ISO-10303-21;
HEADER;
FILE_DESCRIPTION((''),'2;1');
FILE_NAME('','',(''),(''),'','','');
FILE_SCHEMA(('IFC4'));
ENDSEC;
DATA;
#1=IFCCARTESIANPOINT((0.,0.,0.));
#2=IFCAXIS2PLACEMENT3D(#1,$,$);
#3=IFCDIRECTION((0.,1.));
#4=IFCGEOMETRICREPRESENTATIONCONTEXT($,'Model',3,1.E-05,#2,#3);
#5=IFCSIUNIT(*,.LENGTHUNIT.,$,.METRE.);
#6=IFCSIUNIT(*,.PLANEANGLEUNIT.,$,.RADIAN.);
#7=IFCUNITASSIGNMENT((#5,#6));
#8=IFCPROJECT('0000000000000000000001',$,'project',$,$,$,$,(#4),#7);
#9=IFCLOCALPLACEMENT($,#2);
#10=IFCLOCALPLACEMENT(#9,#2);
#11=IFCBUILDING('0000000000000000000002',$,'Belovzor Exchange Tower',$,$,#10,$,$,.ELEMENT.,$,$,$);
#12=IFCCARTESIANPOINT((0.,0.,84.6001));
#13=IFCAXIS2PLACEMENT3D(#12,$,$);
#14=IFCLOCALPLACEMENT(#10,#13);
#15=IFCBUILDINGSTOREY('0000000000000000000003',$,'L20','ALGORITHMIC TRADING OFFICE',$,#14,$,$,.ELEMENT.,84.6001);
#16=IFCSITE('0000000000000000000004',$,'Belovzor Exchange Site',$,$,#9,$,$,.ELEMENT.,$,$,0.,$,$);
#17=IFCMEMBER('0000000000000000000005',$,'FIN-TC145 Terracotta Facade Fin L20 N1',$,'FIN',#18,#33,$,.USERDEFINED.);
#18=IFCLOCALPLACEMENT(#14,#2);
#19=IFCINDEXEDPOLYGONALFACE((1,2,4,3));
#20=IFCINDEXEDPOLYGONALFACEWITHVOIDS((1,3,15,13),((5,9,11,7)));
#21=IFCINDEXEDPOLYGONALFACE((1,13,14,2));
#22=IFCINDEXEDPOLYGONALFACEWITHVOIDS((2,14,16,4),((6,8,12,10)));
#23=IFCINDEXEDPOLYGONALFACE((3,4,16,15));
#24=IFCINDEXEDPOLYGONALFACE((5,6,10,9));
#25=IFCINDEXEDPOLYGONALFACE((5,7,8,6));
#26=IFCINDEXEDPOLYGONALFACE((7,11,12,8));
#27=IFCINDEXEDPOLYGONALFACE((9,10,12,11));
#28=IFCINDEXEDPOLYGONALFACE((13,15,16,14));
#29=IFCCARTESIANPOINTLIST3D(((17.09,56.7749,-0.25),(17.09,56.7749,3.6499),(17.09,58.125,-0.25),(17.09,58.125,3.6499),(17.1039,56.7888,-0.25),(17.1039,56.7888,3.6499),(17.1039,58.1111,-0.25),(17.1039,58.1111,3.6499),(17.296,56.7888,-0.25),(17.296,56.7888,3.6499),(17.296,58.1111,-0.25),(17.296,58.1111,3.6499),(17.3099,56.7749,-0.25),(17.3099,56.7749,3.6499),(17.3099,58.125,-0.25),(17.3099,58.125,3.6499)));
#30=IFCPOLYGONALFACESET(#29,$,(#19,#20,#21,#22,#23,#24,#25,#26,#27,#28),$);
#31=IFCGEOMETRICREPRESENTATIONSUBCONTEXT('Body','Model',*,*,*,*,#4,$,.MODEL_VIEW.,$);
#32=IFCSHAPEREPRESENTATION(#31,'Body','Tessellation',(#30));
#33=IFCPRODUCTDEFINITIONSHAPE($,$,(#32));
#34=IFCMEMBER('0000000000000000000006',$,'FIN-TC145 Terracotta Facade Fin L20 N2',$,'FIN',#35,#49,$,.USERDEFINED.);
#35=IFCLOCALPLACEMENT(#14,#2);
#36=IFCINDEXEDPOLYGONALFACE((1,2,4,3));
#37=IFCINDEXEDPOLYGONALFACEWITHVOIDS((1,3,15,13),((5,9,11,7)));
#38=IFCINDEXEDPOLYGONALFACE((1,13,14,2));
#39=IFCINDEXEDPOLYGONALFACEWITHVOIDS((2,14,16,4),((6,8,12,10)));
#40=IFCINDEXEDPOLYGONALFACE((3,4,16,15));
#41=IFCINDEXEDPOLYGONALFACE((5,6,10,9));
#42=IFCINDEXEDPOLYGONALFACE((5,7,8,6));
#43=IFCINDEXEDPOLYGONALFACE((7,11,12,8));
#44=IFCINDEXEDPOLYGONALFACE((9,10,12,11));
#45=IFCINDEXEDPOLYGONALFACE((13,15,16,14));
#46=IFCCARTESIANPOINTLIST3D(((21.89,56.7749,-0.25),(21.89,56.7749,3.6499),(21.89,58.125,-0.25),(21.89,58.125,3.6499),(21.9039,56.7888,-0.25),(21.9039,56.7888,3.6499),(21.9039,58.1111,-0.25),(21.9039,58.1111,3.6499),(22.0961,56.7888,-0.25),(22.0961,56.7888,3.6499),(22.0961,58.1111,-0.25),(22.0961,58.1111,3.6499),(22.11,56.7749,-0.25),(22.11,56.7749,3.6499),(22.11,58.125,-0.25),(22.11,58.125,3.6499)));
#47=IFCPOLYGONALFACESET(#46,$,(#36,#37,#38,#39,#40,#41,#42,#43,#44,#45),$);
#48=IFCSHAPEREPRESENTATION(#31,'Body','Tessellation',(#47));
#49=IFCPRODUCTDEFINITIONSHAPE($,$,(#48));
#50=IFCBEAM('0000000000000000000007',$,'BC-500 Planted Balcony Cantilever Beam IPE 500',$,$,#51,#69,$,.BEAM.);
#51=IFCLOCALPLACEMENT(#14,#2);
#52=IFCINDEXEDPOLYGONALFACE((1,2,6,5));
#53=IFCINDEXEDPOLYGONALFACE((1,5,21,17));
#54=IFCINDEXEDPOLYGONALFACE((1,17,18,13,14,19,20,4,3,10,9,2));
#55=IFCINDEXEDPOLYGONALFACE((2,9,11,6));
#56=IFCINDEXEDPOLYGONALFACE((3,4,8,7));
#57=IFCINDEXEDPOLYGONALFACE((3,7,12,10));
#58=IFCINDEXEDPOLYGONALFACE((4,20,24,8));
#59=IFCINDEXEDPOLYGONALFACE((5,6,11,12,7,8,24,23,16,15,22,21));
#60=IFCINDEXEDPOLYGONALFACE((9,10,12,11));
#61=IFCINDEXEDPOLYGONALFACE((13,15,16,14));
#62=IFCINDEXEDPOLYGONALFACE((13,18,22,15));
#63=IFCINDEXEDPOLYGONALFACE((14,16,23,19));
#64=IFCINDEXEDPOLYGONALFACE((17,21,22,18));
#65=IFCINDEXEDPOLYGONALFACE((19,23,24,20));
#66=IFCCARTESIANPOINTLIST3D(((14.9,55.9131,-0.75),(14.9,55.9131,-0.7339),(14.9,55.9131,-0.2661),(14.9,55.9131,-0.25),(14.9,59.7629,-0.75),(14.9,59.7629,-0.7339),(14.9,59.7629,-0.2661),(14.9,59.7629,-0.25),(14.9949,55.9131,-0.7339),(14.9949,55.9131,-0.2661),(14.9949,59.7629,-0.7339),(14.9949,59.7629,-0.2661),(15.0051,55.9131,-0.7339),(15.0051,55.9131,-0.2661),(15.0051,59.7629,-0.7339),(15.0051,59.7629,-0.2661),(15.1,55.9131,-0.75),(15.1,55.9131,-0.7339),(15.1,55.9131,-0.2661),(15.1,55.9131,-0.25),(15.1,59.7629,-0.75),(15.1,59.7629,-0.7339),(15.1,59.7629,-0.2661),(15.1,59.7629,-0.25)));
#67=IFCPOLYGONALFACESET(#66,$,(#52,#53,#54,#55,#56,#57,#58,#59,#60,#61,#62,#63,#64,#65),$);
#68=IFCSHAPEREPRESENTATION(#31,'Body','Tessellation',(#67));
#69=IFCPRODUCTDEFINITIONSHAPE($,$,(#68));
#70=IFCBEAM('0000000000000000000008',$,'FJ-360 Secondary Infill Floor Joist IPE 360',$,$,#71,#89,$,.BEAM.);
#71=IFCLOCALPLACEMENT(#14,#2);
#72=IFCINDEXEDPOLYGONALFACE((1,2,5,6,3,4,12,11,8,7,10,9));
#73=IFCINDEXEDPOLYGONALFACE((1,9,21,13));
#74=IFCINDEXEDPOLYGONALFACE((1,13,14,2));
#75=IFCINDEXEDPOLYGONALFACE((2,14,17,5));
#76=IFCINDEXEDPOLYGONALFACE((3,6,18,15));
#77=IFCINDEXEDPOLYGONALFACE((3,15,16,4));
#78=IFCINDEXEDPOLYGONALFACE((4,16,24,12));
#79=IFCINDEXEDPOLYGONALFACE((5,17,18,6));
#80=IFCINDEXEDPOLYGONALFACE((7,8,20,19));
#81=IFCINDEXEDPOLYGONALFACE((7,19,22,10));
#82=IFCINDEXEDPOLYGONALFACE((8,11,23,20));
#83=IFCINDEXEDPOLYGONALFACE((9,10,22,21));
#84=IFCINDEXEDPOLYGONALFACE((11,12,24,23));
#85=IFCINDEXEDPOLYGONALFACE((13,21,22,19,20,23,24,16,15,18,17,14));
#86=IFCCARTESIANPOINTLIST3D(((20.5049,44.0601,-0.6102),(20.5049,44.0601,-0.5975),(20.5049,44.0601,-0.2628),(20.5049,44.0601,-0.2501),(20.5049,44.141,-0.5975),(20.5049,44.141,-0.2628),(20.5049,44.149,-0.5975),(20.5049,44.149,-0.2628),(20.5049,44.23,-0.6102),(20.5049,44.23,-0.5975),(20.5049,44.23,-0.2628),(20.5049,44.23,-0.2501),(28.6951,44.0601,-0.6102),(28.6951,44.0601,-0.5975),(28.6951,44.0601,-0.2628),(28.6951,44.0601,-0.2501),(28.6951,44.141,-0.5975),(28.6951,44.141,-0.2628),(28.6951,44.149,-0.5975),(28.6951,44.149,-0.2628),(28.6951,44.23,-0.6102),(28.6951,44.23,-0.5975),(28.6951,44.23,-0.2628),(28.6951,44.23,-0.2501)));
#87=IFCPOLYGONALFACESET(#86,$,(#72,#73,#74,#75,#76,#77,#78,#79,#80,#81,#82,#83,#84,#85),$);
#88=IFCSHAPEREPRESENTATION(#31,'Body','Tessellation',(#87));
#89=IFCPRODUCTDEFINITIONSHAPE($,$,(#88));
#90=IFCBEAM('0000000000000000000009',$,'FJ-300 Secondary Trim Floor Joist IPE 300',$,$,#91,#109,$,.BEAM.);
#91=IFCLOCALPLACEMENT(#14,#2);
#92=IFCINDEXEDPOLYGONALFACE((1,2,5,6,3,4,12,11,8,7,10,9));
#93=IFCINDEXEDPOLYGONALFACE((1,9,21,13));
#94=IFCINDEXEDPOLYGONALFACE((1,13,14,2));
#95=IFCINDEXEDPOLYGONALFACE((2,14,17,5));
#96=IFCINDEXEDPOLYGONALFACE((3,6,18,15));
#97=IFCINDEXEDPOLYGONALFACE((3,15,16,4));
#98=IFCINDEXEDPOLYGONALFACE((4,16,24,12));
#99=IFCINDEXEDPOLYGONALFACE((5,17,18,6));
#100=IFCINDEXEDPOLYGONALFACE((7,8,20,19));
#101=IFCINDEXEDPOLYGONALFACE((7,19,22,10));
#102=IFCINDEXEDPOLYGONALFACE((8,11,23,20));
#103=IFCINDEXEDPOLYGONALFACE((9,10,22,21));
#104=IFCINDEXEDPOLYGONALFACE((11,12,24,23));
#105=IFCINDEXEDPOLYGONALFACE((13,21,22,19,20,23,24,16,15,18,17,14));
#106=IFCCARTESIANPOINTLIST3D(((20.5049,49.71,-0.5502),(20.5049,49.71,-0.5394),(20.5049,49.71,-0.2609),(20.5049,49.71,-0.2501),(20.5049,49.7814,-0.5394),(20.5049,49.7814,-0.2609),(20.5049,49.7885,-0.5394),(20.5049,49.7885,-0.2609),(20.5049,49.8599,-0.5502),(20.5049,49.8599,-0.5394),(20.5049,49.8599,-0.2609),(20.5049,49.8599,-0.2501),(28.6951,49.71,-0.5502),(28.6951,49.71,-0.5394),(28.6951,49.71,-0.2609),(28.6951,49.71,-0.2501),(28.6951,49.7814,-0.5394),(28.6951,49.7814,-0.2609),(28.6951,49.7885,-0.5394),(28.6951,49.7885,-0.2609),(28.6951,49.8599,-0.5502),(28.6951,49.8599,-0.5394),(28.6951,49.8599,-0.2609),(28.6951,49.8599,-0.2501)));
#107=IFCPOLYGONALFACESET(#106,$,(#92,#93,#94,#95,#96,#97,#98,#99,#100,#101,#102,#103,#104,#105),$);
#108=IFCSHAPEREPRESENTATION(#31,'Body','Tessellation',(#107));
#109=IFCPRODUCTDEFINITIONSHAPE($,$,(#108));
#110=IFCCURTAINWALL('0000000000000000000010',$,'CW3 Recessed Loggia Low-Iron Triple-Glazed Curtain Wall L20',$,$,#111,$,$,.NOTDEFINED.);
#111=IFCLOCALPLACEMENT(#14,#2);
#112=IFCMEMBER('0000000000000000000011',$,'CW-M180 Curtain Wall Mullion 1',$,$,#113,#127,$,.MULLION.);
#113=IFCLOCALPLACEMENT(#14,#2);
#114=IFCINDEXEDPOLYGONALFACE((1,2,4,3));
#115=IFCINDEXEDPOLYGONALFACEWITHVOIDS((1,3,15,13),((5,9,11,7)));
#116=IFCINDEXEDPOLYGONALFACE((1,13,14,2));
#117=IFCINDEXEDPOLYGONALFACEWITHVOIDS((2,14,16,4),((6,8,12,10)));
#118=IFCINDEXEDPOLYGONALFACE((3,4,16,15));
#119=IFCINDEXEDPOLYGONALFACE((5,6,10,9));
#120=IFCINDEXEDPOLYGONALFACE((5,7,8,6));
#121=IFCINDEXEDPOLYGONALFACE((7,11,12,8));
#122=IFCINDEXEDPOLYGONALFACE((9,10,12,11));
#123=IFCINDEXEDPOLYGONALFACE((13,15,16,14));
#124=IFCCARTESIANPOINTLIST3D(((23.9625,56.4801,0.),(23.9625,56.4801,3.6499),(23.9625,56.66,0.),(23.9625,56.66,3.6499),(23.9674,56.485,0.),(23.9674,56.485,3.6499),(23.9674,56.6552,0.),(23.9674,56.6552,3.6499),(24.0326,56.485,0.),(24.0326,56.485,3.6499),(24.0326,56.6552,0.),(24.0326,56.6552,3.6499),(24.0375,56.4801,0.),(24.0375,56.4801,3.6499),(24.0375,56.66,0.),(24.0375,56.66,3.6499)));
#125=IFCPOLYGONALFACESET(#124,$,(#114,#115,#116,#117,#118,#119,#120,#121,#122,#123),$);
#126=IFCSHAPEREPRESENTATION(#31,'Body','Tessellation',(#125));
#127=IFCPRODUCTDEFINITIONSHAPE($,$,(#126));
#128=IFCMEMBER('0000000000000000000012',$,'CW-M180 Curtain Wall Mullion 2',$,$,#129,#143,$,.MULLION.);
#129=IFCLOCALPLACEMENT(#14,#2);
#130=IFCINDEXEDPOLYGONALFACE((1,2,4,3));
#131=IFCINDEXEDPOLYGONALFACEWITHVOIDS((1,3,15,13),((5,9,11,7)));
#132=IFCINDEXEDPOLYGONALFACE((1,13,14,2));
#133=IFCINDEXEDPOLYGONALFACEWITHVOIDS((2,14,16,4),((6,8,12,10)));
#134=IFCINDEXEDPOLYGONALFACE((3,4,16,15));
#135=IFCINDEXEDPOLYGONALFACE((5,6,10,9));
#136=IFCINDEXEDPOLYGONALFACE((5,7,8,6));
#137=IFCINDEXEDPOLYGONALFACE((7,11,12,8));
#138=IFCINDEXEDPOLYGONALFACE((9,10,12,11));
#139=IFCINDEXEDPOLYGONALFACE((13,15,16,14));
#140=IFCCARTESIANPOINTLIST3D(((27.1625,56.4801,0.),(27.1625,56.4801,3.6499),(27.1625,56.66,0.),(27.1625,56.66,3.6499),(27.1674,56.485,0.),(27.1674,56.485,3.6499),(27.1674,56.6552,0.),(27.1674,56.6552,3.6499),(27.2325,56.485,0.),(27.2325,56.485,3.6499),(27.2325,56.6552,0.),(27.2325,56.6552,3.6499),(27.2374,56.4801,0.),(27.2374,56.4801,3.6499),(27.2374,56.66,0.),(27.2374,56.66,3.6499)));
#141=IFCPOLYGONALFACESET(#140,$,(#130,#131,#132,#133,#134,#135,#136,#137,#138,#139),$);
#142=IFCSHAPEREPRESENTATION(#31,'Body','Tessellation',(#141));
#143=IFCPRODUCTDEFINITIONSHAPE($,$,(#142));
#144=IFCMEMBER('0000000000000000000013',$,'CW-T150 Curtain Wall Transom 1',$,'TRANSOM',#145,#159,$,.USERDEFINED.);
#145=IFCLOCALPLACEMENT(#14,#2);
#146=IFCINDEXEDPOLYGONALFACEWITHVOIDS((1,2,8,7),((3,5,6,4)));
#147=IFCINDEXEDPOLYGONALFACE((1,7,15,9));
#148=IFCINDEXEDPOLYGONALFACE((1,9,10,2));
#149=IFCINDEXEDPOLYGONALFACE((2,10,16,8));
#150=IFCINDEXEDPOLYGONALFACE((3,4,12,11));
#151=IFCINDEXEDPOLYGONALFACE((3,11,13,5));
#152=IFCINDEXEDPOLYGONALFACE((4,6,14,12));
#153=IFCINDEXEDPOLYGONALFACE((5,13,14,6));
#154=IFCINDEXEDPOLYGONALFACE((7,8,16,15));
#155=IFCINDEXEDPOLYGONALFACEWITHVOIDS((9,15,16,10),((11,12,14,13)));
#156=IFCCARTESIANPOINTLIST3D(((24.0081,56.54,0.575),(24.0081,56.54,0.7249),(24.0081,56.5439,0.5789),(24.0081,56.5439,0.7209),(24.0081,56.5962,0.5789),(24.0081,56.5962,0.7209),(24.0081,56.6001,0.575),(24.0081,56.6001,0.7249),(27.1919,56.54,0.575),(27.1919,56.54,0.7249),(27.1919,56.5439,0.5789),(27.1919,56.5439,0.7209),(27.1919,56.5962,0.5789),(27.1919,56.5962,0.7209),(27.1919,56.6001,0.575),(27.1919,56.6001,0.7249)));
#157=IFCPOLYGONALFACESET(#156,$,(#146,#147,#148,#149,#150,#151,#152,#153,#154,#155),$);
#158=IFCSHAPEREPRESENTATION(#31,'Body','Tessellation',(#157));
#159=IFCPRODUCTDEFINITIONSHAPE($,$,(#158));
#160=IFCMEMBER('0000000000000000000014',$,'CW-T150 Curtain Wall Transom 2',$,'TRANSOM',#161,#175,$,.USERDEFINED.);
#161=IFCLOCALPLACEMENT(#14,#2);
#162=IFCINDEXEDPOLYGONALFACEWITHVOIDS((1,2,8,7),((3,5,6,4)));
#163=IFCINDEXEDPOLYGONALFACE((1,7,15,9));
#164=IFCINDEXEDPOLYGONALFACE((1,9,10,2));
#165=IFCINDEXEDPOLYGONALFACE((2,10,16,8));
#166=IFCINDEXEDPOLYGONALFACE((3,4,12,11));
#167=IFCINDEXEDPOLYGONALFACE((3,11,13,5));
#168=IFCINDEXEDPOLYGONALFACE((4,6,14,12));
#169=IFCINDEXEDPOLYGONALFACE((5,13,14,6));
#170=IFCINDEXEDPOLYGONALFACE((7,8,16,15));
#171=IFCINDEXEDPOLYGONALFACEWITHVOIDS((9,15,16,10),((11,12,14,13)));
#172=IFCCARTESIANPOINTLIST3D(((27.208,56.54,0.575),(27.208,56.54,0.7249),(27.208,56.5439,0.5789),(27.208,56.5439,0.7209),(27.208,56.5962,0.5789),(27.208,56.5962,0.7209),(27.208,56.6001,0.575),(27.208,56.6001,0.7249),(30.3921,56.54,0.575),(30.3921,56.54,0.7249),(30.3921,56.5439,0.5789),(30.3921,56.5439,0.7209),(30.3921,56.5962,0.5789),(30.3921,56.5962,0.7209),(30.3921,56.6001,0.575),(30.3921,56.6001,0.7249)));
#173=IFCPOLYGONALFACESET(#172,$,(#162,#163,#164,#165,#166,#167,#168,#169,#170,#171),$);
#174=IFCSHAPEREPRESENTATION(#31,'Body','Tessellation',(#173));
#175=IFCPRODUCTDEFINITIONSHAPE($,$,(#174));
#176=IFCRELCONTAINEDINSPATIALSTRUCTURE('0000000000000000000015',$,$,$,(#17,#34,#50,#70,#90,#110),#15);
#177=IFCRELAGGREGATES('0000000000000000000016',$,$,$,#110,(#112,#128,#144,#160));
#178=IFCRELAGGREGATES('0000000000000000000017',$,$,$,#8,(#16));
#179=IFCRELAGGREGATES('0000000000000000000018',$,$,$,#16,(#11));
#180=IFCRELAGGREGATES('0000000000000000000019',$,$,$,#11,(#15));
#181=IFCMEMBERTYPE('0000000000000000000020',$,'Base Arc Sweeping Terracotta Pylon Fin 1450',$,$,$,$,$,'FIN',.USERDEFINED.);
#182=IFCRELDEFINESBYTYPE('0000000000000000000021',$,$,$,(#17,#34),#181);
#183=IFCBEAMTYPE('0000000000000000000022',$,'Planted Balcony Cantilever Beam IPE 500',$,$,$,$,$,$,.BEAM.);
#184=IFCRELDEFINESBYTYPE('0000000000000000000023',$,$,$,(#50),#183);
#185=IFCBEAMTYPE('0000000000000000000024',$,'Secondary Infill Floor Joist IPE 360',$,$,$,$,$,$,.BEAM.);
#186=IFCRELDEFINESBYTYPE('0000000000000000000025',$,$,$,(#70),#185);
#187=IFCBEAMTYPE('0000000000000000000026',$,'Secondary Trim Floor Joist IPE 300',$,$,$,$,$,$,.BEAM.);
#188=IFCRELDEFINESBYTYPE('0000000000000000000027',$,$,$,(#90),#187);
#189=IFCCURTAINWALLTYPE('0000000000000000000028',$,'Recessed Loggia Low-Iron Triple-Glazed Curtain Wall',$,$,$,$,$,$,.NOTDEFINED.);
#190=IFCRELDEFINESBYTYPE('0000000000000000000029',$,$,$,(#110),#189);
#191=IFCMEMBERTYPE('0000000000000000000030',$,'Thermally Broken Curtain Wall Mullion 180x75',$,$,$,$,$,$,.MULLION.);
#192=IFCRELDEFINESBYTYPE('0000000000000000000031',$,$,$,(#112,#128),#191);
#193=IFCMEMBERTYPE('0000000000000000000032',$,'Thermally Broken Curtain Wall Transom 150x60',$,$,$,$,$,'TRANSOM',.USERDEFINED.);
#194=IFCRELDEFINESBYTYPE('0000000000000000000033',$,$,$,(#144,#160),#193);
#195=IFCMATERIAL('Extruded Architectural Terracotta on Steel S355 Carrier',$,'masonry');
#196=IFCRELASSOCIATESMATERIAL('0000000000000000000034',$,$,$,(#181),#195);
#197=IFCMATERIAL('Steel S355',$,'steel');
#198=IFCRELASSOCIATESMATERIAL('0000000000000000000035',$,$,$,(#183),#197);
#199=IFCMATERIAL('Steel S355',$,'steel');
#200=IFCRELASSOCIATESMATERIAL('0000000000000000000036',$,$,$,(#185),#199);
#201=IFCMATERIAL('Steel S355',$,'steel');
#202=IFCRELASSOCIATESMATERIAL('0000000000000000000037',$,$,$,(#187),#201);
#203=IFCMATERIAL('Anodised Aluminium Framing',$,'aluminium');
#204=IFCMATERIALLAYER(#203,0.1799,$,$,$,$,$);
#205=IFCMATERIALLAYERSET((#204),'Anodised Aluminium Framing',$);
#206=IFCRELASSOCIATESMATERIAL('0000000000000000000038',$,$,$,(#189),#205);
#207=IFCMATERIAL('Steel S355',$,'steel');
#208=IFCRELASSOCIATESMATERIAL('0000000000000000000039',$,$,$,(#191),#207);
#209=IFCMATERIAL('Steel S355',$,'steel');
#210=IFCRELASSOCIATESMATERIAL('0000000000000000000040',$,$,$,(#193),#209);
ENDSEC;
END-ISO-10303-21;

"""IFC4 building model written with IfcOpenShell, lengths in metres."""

from ifc_helpers import new_model, si_unit, direction, frame, origin, origin_2d, place, context, subcontext, project, spatial, hollow_rectangle, i_section, extrude, material, layer, layer_set, material_profile, profile_set, type_object, element, aggregate, save


model = new_model("IFC4")

# Units and contexts
model_context = context("Model", 3, precision=1e-05, world=origin(), true_north=direction((0.0, 1.0)))
body_context = subcontext(model_context, "Body", "Model", "MODEL_VIEW")
ifc_project = project(units=[si_unit("LENGTHUNIT", "METRE"), si_unit("PLANEANGLEUNIT", "RADIAN")], contexts=[model_context])

# Site, building, storey
site_placement = place(None, origin())
site = spatial("IfcSite", under=ifc_project, at=site_placement, Name="Belovzor Exchange Site", CompositionType="ELEMENT", RefElevation=0.0)
building_placement = place(site_placement, origin())
building = spatial("IfcBuilding", under=site, at=building_placement, Name="Belovzor Exchange Tower", CompositionType="ELEMENT")
storey_placement = place(building_placement, frame((0.0, 0.0, 84.6001)))
storey = spatial("IfcBuildingStorey", under=building, at=storey_placement, Name="L20", Description="ALGORITHMIC TRADING OFFICE", CompositionType="ELEMENT", Elevation=84.6001)

# Members
ifc_material_1 = material(Name="Extruded Architectural Terracotta on Steel S355 Carrier", Category="masonry")
ifc_material_profile_1 = material_profile(ifc_material_1, hollow_rectangle(XDim=0.22, YDim=1.3501, WallThickness=0.0139, at=origin_2d()))
ifc_profile_set_1 = profile_set([ifc_material_profile_1], Name="Extruded Architectural Terracotta on Steel S355 Carrier")
member_type_1 = type_object("IfcMemberType", Name="Base Arc Sweeping Terracotta Pylon Fin 1450", ElementType="FIN", PredefinedType="USERDEFINED", material=ifc_profile_set_1)
for number, where, z_axis, x_axis, name in (
    (1, (17.2, 57.45, -0.25), (0.0, 0.0, 1.0), (1.0, 0.0, 0.0), "FIN-TC145 Terracotta Facade Fin L20 N1"),
    (2, (22.0, 57.45, -0.25), (0.0, 0.0, 1.0), (1.0, 0.0, 0.0), "FIN-TC145 Terracotta Facade Fin L20 N2"),
):
    element("IfcMember", number, at=place(storey_placement, frame(where, z_axis=z_axis, x_axis=x_axis)), inside=storey, type_object=member_type_1, Name=name, ObjectType="FIN", PredefinedType="USERDEFINED", context=body_context, shape_type="SweptSolid", body=[
        extrude(hollow_rectangle(XDim=0.22, YDim=1.3501, WallThickness=0.0139, at=origin_2d()), origin(), (0.0, 0.0, 1.0), 3.8999),
    ])

# Beams
ifc_material_2 = material(Name="Steel S355", Category="steel")
ifc_material_profile_2 = material_profile(ifc_material_2, i_section(OverallWidth=0.2, OverallDepth=0.5, WebThickness=0.0103, FlangeThickness=0.0161, at=origin_2d()))
ifc_profile_set_2 = profile_set([ifc_material_profile_2], Name="Steel S355")
beam_type_1 = type_object("IfcBeamType", Name="Planted Balcony Cantilever Beam IPE 500", PredefinedType="BEAM", material=ifc_profile_set_2)
beam_1_placement = place(storey_placement, frame((15.0, 55.9131, -0.5), z_axis=(0.0, 1.0, 0.0), x_axis=(-1.0, 0.0, 0.0)))
element("IfcBeam", 3, at=beam_1_placement, inside=storey, type_object=beam_type_1, Name="BC-500 Planted Balcony Cantilever Beam IPE 500", PredefinedType="BEAM", context=body_context, shape_type="SweptSolid", body=[
    extrude(i_section(OverallWidth=0.2, OverallDepth=0.5, WebThickness=0.0103, FlangeThickness=0.0161, at=origin_2d()), origin(), (0.0, 0.0, 1.0), 3.8499),
])
ifc_material_3 = material(Name="Steel S355", Category="steel")
ifc_material_profile_3 = material_profile(ifc_material_3, i_section(OverallWidth=0.1699, OverallDepth=0.3601, WebThickness=0.0081, FlangeThickness=0.0127, at=origin_2d()))
ifc_profile_set_3 = profile_set([ifc_material_profile_3], Name="Steel S355")
beam_type_2 = type_object("IfcBeamType", Name="Secondary Infill Floor Joist IPE 360", PredefinedType="BEAM", material=ifc_profile_set_3)
beam_2_placement = place(storey_placement, frame((20.5049, 44.145, -0.4302), z_axis=(1.0, 0.0, 0.0), x_axis=(0.0, 1.0, 0.0)))
element("IfcBeam", 4, at=beam_2_placement, inside=storey, type_object=beam_type_2, Name="FJ-360 Secondary Infill Floor Joist IPE 360", PredefinedType="BEAM", context=body_context, shape_type="SweptSolid", body=[
    extrude(i_section(OverallWidth=0.1699, OverallDepth=0.3601, WebThickness=0.0081, FlangeThickness=0.0127, at=origin_2d()), origin(), (0.0, 0.0, 1.0), 8.1902),
])
ifc_material_4 = material(Name="Steel S355", Category="steel")
ifc_material_profile_4 = material_profile(ifc_material_4, i_section(OverallWidth=0.1499, OverallDepth=0.3, WebThickness=0.0071, FlangeThickness=0.0107, at=origin_2d()))
ifc_profile_set_4 = profile_set([ifc_material_profile_4], Name="Steel S355")
beam_type_3 = type_object("IfcBeamType", Name="Secondary Trim Floor Joist IPE 300", PredefinedType="BEAM", material=ifc_profile_set_4)
beam_3_placement = place(storey_placement, frame((20.5049, 49.7849, -0.4001), z_axis=(1.0, 0.0, 0.0), x_axis=(0.0, 1.0, 0.0)))
element("IfcBeam", 5, at=beam_3_placement, inside=storey, type_object=beam_type_3, Name="FJ-300 Secondary Trim Floor Joist IPE 300", PredefinedType="BEAM", context=body_context, shape_type="SweptSolid", body=[
    extrude(i_section(OverallWidth=0.1499, OverallDepth=0.3, WebThickness=0.0071, FlangeThickness=0.0107, at=origin_2d()), origin(), (0.0, 0.0, 1.0), 8.1902),
])

# Curtain wall, members
ifc_material_5 = material(Name="Anodised Aluminium Framing", Category="aluminium")
ifc_layer_1 = layer(ifc_material_5, 0.1799)
ifc_layer_set_1 = layer_set([ifc_layer_1], Name="Anodised Aluminium Framing")
curtain_wall_type = type_object("IfcCurtainWallType", Name="Recessed Loggia Low-Iron Triple-Glazed Curtain Wall", PredefinedType="NOTDEFINED", material=ifc_layer_set_1)
curtain_wall_placement = place(storey_placement, origin())
curtain_wall = element("IfcCurtainWall", 6, at=curtain_wall_placement, inside=storey, type_object=curtain_wall_type, Name="CW3 Recessed Loggia Low-Iron Triple-Glazed Curtain Wall L20", PredefinedType="NOTDEFINED")
ifc_material_6 = material(Name="Steel S355", Category="steel")
ifc_material_profile_5 = material_profile(ifc_material_6, hollow_rectangle(XDim=0.075, YDim=0.1799, WallThickness=0.0049, at=origin_2d()))
ifc_profile_set_5 = profile_set([ifc_material_profile_5], Name="Steel S355")
member_type_2 = type_object("IfcMemberType", Name="Thermally Broken Curtain Wall Mullion 180x75", PredefinedType="MULLION", material=ifc_profile_set_5)
member_1_placement = place(storey_placement, frame((24.0, 56.5701, 0.0), z_axis=(0.0, 0.0, 1.0), x_axis=(1.0, 0.0, 0.0)))
member_1 = element("IfcMember", 7, at=member_1_placement, type_object=member_type_2, Name="CW-M180 Curtain Wall Mullion 1", PredefinedType="MULLION", context=body_context, shape_type="SweptSolid", body=[
    extrude(hollow_rectangle(XDim=0.075, YDim=0.1799, WallThickness=0.0049, at=origin_2d()), origin(), (0.0, 0.0, 1.0), 3.6499),
])
member_2_placement = place(storey_placement, frame((27.2, 56.5701, 0.0), z_axis=(0.0, 0.0, 1.0), x_axis=(1.0, 0.0, 0.0)))
member_2 = element("IfcMember", 8, at=member_2_placement, type_object=member_type_2, Name="CW-M180 Curtain Wall Mullion 2", PredefinedType="MULLION", context=body_context, shape_type="SweptSolid", body=[
    extrude(hollow_rectangle(XDim=0.075, YDim=0.1799, WallThickness=0.0049, at=origin_2d()), origin(), (0.0, 0.0, 1.0), 3.6499),
])
ifc_material_7 = material(Name="Steel S355", Category="steel")
ifc_material_profile_6 = material_profile(ifc_material_7, hollow_rectangle(XDim=0.0601, YDim=0.1499, WallThickness=0.0039, at=origin_2d()))
ifc_profile_set_6 = profile_set([ifc_material_profile_6], Name="Steel S355")
member_type_3 = type_object("IfcMemberType", Name="Thermally Broken Curtain Wall Transom 150x60", ElementType="TRANSOM", PredefinedType="USERDEFINED", material=ifc_profile_set_6)
member_3_placement = place(storey_placement, frame((24.0081, 56.5701, 0.6499), z_axis=(1.0, 0.0, 0.0), x_axis=(0.0, 1.0, 0.0)))
member_3 = element("IfcMember", 9, at=member_3_placement, type_object=member_type_3, Name="CW-T150 Curtain Wall Transom 1", ObjectType="TRANSOM", PredefinedType="USERDEFINED", context=body_context, shape_type="SweptSolid", body=[
    extrude(hollow_rectangle(XDim=0.0601, YDim=0.1499, WallThickness=0.0039, at=origin_2d()), origin(), (0.0, 0.0, 1.0), 3.1838),
])
member_4_placement = place(storey_placement, frame((27.208, 56.5701, 0.6499), z_axis=(1.0, 0.0, 0.0), x_axis=(0.0, 1.0, 0.0)))
member_4 = element("IfcMember", 10, at=member_4_placement, type_object=member_type_3, Name="CW-T150 Curtain Wall Transom 2", ObjectType="TRANSOM", PredefinedType="USERDEFINED", context=body_context, shape_type="SweptSolid", body=[
    extrude(hollow_rectangle(XDim=0.0601, YDim=0.1499, WallThickness=0.0039, at=origin_2d()), origin(), (0.0, 0.0, 1.0), 3.1841),
])

aggregate(curtain_wall, [member_1, member_2, member_3, member_4])

save(model, "model.ifc")
